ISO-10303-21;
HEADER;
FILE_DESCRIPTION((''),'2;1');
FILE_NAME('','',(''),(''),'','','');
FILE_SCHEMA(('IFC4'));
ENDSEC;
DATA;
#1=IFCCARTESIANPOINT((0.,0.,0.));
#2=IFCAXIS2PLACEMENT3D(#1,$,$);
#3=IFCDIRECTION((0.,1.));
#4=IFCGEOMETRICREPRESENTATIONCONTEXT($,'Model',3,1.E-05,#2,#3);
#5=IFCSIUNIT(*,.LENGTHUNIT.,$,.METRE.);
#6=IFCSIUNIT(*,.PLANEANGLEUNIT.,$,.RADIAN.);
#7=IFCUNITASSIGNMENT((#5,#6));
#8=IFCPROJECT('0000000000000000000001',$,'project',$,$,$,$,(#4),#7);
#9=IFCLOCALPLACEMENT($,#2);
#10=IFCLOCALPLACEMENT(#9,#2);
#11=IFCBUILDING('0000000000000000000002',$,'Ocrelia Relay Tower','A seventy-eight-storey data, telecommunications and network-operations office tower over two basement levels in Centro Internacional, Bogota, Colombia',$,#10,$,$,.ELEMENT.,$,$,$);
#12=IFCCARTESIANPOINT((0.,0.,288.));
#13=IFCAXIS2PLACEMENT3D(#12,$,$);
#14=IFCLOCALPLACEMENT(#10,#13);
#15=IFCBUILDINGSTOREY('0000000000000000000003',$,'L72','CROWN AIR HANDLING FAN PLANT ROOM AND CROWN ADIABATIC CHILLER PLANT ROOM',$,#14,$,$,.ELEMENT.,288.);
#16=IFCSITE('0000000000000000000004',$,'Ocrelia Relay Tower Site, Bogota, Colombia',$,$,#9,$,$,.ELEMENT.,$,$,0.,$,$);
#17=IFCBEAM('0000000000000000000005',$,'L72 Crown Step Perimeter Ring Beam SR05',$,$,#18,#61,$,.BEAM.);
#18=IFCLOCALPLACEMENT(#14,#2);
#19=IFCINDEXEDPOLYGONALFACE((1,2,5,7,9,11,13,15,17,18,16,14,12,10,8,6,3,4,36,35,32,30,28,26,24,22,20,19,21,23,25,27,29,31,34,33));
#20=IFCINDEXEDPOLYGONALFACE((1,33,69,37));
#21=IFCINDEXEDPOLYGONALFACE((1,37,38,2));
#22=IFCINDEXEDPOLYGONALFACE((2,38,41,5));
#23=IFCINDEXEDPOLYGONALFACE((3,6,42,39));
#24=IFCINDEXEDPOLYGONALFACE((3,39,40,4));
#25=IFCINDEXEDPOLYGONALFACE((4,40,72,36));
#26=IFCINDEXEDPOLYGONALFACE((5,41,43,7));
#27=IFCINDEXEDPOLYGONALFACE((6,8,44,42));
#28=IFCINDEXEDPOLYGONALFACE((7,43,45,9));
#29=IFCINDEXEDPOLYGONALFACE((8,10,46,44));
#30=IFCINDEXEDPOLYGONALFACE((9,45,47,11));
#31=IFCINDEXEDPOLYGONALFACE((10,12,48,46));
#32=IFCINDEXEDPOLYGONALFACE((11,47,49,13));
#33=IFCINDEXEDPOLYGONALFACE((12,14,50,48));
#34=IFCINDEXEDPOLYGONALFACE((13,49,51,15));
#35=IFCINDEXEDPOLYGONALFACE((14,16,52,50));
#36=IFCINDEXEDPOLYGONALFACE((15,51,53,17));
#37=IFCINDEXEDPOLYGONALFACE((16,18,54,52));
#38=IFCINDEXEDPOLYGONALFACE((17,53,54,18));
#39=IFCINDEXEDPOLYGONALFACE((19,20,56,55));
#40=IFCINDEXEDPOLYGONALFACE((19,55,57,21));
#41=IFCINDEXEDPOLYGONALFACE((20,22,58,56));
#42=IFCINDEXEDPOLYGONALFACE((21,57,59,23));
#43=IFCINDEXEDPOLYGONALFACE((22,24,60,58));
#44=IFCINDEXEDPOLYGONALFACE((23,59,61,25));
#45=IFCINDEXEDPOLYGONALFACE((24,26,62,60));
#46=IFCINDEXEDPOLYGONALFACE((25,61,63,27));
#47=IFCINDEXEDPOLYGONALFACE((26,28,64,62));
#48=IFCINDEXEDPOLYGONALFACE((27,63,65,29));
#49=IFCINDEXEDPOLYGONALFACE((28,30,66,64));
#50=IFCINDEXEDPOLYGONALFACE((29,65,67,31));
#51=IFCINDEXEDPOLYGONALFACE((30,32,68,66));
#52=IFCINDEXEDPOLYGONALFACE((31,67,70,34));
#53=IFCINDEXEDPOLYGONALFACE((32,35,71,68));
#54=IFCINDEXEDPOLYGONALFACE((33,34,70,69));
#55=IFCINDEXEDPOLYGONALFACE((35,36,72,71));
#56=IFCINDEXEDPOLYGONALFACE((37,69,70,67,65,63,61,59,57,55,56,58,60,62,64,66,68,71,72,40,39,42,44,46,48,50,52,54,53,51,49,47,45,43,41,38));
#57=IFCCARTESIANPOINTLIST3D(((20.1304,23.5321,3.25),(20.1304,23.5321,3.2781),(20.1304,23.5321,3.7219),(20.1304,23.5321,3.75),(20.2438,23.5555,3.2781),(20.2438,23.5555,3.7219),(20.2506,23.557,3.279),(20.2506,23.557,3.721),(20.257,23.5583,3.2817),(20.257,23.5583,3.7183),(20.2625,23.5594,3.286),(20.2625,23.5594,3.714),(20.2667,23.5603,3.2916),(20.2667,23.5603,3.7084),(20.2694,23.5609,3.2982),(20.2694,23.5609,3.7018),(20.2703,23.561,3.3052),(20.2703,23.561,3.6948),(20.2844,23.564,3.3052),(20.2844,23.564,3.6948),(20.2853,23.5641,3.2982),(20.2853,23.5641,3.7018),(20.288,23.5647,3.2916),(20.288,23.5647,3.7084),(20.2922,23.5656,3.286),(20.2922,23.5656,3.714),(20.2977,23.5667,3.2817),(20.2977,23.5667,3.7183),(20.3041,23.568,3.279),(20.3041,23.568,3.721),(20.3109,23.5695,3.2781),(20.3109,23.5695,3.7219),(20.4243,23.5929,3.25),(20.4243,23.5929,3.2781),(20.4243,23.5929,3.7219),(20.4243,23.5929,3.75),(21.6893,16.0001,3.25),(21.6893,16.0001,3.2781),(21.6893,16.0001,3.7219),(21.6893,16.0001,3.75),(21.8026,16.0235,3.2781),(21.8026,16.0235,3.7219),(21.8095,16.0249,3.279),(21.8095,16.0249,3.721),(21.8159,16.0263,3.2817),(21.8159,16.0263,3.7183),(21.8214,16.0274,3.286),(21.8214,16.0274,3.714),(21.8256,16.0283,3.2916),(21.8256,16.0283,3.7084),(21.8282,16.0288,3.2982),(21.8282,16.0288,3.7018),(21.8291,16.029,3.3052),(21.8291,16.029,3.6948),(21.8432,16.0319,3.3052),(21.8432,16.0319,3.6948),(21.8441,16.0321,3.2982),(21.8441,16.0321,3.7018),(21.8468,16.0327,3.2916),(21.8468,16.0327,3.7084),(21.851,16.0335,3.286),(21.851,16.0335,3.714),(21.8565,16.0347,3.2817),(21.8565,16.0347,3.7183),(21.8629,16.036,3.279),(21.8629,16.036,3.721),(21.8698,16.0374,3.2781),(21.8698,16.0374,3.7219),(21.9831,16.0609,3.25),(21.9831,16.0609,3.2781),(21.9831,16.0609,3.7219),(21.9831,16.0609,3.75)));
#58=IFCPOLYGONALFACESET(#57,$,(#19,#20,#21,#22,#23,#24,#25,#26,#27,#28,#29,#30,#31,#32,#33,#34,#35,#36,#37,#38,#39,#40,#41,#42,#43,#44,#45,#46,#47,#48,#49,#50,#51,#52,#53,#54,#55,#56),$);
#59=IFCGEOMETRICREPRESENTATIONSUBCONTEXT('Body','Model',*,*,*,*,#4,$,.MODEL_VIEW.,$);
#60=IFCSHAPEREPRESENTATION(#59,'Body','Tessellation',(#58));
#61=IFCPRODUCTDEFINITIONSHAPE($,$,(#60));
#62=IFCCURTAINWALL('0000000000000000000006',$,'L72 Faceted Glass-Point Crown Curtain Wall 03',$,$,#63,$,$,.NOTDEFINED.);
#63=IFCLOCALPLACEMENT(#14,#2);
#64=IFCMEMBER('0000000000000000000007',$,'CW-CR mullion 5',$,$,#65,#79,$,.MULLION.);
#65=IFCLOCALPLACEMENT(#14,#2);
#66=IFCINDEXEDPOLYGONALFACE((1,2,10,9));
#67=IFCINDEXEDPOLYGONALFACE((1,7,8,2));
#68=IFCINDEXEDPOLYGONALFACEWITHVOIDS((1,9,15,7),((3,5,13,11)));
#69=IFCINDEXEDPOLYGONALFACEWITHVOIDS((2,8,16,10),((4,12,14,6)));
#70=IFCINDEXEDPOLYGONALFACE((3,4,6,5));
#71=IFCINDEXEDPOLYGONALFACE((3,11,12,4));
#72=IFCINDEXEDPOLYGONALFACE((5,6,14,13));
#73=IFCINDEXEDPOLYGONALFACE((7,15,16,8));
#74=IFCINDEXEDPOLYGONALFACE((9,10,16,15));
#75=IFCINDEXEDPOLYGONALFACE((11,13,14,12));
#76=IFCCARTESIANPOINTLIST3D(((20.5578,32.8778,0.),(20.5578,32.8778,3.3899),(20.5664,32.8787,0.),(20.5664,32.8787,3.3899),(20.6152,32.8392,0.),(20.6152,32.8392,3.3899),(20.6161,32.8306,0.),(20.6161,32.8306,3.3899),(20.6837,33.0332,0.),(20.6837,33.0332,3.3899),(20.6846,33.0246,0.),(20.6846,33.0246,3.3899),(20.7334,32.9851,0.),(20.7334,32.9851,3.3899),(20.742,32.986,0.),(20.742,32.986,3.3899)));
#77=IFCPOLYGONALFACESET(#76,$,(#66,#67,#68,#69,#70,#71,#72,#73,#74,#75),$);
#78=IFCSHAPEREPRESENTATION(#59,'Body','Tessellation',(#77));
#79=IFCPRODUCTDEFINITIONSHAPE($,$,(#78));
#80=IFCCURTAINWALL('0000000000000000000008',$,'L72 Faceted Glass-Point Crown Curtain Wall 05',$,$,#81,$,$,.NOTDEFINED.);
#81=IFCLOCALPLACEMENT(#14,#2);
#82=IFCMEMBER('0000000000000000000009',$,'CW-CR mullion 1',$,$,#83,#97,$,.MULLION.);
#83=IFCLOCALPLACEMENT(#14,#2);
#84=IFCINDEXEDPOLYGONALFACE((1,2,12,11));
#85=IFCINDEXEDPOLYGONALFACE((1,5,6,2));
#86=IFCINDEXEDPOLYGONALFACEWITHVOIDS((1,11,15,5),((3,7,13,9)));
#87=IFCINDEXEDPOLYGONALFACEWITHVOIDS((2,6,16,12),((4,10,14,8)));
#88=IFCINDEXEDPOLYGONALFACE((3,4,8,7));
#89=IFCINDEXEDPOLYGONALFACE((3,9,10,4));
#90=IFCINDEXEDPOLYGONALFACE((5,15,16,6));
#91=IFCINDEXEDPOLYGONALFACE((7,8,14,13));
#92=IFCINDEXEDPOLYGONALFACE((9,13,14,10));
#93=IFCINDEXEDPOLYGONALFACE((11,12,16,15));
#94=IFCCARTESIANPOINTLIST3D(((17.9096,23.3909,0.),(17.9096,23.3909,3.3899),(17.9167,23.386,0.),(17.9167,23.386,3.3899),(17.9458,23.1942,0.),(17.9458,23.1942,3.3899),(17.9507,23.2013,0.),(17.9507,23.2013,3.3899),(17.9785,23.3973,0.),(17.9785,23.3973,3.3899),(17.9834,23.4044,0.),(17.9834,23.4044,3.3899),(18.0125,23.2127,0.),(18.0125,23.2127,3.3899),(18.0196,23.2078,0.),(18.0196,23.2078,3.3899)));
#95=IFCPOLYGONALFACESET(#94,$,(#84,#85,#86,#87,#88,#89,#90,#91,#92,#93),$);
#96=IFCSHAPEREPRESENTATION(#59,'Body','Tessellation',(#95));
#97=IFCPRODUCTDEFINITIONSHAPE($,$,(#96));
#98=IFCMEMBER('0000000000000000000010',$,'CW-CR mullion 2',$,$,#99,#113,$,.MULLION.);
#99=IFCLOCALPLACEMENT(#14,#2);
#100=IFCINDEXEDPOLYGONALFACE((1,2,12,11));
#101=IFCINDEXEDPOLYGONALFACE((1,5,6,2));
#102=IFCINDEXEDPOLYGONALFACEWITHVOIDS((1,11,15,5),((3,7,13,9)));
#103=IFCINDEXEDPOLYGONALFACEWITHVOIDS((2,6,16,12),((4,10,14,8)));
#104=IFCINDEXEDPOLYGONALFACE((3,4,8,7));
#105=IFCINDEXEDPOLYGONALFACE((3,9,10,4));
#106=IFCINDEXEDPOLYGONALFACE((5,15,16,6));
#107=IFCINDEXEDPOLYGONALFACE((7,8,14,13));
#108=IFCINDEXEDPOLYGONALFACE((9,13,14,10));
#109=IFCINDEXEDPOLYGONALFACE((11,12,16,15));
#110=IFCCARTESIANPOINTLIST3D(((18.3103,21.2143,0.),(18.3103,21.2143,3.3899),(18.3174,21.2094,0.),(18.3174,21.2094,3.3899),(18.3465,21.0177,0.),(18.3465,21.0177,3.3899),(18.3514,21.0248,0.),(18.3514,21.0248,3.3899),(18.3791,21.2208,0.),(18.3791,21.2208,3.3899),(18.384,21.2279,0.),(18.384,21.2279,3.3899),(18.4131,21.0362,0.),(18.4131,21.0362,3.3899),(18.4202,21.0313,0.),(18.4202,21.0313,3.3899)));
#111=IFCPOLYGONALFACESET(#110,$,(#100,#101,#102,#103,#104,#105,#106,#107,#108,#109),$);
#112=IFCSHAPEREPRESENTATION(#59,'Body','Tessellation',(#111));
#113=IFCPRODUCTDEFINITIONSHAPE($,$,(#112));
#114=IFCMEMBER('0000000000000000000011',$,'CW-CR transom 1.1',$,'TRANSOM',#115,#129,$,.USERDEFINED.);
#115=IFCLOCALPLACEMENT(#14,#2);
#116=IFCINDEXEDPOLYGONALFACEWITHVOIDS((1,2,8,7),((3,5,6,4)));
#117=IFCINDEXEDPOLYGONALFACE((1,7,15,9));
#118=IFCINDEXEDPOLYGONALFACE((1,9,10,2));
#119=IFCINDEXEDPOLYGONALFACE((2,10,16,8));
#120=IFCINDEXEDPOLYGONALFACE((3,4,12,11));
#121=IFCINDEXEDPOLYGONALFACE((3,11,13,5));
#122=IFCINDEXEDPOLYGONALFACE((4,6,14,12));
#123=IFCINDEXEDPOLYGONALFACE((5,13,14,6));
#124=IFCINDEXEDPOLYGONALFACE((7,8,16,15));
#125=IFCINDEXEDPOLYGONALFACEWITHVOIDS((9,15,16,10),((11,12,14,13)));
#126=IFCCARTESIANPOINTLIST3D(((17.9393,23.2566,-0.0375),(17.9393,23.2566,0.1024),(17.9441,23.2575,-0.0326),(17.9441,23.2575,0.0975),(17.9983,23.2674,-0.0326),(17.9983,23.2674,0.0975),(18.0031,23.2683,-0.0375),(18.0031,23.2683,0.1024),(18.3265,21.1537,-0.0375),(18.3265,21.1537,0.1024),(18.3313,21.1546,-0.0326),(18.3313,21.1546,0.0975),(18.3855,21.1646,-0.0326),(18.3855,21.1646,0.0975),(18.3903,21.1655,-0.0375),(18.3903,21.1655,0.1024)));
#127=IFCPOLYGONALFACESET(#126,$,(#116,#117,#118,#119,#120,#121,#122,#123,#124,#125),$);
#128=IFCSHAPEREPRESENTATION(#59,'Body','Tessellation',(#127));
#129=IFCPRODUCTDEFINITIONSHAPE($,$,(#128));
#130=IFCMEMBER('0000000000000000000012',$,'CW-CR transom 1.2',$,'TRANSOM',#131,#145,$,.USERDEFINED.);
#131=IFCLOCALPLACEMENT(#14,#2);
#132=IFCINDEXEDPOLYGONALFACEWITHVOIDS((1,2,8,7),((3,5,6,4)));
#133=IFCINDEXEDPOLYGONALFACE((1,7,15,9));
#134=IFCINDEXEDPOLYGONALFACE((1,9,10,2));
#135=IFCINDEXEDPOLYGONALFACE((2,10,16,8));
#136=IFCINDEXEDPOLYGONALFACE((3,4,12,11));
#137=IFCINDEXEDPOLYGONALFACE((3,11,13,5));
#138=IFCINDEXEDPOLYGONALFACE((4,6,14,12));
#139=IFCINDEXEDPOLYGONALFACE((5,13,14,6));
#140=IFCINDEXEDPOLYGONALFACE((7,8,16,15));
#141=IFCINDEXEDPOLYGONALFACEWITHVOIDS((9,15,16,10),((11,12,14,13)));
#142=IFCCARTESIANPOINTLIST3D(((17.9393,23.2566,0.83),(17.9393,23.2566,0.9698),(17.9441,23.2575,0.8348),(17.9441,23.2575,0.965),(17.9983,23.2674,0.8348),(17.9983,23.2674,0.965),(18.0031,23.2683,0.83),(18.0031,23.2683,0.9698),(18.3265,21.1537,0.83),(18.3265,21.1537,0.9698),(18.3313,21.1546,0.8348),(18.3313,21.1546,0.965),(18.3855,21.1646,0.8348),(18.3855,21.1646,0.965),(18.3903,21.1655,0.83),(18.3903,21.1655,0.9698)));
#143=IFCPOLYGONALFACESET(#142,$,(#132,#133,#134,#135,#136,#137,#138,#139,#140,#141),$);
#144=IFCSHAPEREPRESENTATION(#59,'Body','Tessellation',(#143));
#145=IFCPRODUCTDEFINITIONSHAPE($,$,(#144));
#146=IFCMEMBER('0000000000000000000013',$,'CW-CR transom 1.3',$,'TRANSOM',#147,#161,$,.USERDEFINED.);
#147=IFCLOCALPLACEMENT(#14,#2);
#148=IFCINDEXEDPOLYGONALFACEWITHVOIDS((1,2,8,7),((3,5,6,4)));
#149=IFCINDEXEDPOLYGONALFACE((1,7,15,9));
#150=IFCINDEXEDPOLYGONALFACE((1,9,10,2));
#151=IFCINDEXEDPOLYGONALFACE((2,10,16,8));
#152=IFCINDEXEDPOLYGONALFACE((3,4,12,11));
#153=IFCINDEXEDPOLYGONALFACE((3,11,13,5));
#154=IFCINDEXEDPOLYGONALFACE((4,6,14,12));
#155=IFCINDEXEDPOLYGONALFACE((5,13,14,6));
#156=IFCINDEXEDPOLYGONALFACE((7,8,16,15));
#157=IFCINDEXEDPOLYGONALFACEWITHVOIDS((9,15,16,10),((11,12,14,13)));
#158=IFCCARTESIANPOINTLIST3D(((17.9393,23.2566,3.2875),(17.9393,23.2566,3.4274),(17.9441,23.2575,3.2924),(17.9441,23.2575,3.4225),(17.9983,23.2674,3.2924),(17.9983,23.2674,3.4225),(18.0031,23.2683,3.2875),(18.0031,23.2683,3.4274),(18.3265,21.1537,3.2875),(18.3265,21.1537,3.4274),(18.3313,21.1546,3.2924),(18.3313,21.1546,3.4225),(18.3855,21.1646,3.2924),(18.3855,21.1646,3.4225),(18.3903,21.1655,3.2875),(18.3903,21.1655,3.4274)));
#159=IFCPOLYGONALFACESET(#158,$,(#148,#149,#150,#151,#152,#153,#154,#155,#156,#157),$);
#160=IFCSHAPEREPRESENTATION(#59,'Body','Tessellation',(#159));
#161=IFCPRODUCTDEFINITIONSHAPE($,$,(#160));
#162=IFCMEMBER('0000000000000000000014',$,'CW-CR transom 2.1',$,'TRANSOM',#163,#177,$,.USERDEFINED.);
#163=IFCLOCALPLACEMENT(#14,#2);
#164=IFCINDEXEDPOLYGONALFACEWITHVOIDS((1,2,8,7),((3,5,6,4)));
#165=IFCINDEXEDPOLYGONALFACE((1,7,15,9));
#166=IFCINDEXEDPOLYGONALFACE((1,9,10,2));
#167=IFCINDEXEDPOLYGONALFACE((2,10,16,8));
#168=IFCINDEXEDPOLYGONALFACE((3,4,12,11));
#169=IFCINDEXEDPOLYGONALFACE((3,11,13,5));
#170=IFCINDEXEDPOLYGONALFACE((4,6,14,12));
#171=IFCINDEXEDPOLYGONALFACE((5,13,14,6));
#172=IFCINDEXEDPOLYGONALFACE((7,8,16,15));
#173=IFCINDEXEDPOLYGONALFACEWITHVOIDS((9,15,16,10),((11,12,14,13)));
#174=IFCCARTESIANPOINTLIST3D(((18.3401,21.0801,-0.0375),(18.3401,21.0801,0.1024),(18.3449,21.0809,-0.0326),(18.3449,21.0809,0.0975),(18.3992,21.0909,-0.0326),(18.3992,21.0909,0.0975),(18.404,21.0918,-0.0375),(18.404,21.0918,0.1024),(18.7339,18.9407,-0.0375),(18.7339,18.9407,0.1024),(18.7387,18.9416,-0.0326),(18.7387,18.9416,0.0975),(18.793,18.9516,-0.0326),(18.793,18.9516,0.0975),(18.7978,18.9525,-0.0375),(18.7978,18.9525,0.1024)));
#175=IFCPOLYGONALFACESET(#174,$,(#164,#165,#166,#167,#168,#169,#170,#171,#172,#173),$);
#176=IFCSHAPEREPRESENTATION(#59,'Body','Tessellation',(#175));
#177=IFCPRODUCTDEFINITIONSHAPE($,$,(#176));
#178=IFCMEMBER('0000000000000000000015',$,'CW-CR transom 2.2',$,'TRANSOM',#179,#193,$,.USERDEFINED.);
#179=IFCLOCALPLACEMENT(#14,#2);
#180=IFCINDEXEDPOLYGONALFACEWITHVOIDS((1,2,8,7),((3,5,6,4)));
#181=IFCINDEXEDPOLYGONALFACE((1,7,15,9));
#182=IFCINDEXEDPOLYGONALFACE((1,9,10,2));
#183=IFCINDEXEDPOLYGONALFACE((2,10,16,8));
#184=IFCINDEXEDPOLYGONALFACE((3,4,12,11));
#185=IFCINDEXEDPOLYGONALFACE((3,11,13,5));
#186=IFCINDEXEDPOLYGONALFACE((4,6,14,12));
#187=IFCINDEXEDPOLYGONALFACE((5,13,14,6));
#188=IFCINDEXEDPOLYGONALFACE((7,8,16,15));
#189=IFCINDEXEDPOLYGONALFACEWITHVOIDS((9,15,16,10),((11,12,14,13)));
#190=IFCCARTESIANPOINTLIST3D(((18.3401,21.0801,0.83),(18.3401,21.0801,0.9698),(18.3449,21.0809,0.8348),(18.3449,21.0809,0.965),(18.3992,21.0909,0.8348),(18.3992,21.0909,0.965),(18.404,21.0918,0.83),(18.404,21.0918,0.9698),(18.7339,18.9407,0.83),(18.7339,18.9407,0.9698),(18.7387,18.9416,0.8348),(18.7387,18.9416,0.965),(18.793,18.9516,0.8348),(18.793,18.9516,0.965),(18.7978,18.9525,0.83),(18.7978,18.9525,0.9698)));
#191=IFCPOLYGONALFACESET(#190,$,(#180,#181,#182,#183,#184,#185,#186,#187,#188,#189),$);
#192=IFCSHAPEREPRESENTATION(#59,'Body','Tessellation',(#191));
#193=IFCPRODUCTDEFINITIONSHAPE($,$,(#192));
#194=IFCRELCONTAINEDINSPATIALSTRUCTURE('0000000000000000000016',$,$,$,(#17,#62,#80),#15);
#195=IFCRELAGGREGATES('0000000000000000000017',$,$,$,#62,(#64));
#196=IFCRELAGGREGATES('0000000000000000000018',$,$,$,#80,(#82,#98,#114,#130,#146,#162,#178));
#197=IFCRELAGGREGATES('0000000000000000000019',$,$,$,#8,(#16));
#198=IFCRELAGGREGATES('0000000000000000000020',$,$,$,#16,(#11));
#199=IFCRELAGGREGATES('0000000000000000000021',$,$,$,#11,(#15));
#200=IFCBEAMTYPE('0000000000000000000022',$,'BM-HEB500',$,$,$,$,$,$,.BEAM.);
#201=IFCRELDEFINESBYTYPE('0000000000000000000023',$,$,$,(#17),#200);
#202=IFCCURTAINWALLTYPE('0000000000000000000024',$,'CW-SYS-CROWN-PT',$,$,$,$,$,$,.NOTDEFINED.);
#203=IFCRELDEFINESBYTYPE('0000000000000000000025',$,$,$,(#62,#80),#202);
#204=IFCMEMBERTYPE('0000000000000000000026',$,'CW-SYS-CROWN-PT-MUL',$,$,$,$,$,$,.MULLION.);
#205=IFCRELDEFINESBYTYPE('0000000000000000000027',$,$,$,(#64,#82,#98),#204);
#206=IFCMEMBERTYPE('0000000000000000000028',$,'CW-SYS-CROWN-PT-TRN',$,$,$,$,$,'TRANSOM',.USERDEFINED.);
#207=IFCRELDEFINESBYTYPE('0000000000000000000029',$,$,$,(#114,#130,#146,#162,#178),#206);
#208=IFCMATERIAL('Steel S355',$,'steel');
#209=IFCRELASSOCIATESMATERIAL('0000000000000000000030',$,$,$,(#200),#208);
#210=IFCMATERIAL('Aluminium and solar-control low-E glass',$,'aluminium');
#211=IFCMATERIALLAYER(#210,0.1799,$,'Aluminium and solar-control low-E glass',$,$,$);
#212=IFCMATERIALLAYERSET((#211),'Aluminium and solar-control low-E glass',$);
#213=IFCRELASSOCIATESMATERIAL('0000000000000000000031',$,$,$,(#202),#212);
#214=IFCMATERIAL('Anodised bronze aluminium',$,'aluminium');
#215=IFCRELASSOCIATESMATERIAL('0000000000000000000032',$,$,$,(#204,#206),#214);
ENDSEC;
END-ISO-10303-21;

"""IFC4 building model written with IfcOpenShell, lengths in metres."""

from ifc_helpers import new_model, si_unit, direction, frame, origin, origin_2d, place, context, subcontext, project, spatial, hollow_rectangle, i_section, extrude, material, layer, layer_set, material_profile, profile_set, type_object, element, aggregate, save


model = new_model("IFC4")

# Units and contexts
model_context = context("Model", 3, precision=1e-05, world=origin(), true_north=direction((0.0, 1.0)))
body_context = subcontext(model_context, "Body", "Model", "MODEL_VIEW")
ifc_project = project(units=[si_unit("LENGTHUNIT", "METRE"), si_unit("PLANEANGLEUNIT", "RADIAN")], contexts=[model_context])

# Site, building, storey
site_placement = place(None, origin())
site = spatial("IfcSite", under=ifc_project, at=site_placement, Name="Ocrelia Relay Tower Site, Bogota, Colombia", CompositionType="ELEMENT", RefElevation=0.0)
building_placement = place(site_placement, origin())
building = spatial("IfcBuilding", under=site, at=building_placement, Name="Ocrelia Relay Tower", Description="A seventy-eight-storey data, telecommunications and network-operations office tower over two basement levels in Centro Internacional, Bogota, Colombia", CompositionType="ELEMENT")
storey_placement = place(building_placement, frame((0.0, 0.0, 288.0)))
storey = spatial("IfcBuildingStorey", under=building, at=storey_placement, Name="L72", Description="CROWN AIR HANDLING FAN PLANT ROOM AND CROWN ADIABATIC CHILLER PLANT ROOM", CompositionType="ELEMENT", Elevation=288.0)

# Beam
ifc_material_1 = material(Name="Steel S355", Category="steel")
ifc_material_profile_1 = material_profile(ifc_material_1, i_section(OverallWidth=0.3, OverallDepth=0.5, WebThickness=0.0144, FlangeThickness=0.0281, FilletRadius=0.0271, at=origin_2d()), Name="HEB 500")
ifc_profile_set_1 = profile_set([ifc_material_profile_1], Name="Steel S355")
beam_type_1 = type_object("IfcBeamType", Name="BM-HEB500", PredefinedType="BEAM", material=ifc_profile_set_1)
beam_1_placement = place(storey_placement, frame((20.2773, 23.5625, 3.5), z_axis=(0.202668, -0.979248, 0.0), x_axis=(0.979248, 0.202668, 0.0)))
element("IfcBeam", 1, at=beam_1_placement, inside=storey, type_object=beam_type_1, Name="L72 Crown Step Perimeter Ring Beam SR05", PredefinedType="BEAM", context=body_context, shape_type="SweptSolid", body=[
    extrude(i_section(OverallWidth=0.3, OverallDepth=0.5, WebThickness=0.0144, FlangeThickness=0.0281, FilletRadius=0.0271, at=origin_2d()), origin(), (0.0, 0.0, 1.0), 7.6917),
])

# Curtain wall, member
ifc_material_2 = material(Name="Aluminium and solar-control low-E glass", Category="aluminium")
ifc_layer_1 = layer(ifc_material_2, 0.1799, Name="Aluminium and solar-control low-E glass")
ifc_layer_set_1 = layer_set([ifc_layer_1], Name="Aluminium and solar-control low-E glass")
curtain_wall_type = type_object("IfcCurtainWallType", Name="CW-SYS-CROWN-PT", PredefinedType="NOTDEFINED", material=ifc_layer_set_1)
curtain_wall_1_placement = place(storey_placement, origin())
curtain_wall_1 = element("IfcCurtainWall", 2, at=curtain_wall_1_placement, inside=storey, type_object=curtain_wall_type, Name="L72 Faceted Glass-Point Crown Curtain Wall 03", PredefinedType="NOTDEFINED")
ifc_material_3 = material(Name="Anodised bronze aluminium", Category="aluminium")
ifc_material_profile_2 = material_profile(ifc_material_3, hollow_rectangle(XDim=0.075, YDim=0.2, WallThickness=0.0061, at=origin_2d()), Name="CW-MUL-200x75")
ifc_profile_set_2 = profile_set([ifc_material_profile_2], Name="Anodised bronze aluminium")
member_type_1 = type_object("IfcMemberType", Name="CW-SYS-CROWN-PT-MUL", PredefinedType="MULLION", material=ifc_profile_set_2)
member_1_placement = place(storey_placement, frame((20.6499, 32.9319, 0.0), z_axis=(0.0, 0.0, 1.0), x_axis=(0.776998, -0.629503, 0.0)))
member_1 = element("IfcMember", 3, at=member_1_placement, type_object=member_type_1, Name="CW-CR mullion 5", PredefinedType="MULLION", context=body_context, shape_type="SweptSolid", body=[
    extrude(hollow_rectangle(XDim=0.075, YDim=0.2, WallThickness=0.0061, at=origin_2d()), origin(), (0.0, 0.0, 1.0), 3.3899),
])
aggregate(curtain_wall_1, [member_1])

# Curtain wall, members
curtain_wall_2_placement = place(storey_placement, origin())
curtain_wall_2 = element("IfcCurtainWall", 4, at=curtain_wall_2_placement, inside=storey, type_object=curtain_wall_type, Name="L72 Faceted Glass-Point Crown Curtain Wall 05", PredefinedType="NOTDEFINED")
member_2_placement = place(storey_placement, frame((17.9646, 23.2993, 0.0), z_axis=(0.0, 0.0, 1.0), x_axis=(0.983471, 0.181068, 0.0)))
member_2 = element("IfcMember", 5, at=member_2_placement, type_object=member_type_1, Name="CW-CR mullion 1", PredefinedType="MULLION", context=body_context, shape_type="SweptSolid", body=[
    extrude(hollow_rectangle(XDim=0.075, YDim=0.2, WallThickness=0.0061, at=origin_2d()), origin(), (0.0, 0.0, 1.0), 3.3899),
])
member_3_placement = place(storey_placement, frame((18.3652, 21.1228, 0.0), z_axis=(0.0, 0.0, 1.0), x_axis=(0.983471, 0.181068, 0.0)))
member_3 = element("IfcMember", 6, at=member_3_placement, type_object=member_type_1, Name="CW-CR mullion 2", PredefinedType="MULLION", context=body_context, shape_type="SweptSolid", body=[
    extrude(hollow_rectangle(XDim=0.075, YDim=0.2, WallThickness=0.0061, at=origin_2d()), origin(), (0.0, 0.0, 1.0), 3.3899),
])
ifc_material_profile_3 = material_profile(ifc_material_3, hollow_rectangle(XDim=0.0649, YDim=0.1399, WallThickness=0.0049, at=origin_2d()), Name="CW-TRN-140x65")
ifc_profile_set_3 = profile_set([ifc_material_profile_3], Name="Anodised bronze aluminium")
member_type_2 = type_object("IfcMemberType", Name="CW-SYS-CROWN-PT-TRN", ElementType="TRANSOM", PredefinedType="USERDEFINED", material=ifc_profile_set_3)
member_4_placement = place(storey_placement, frame((17.9712, 23.2625, 0.0325), z_axis=(0.181096, -0.983465, 0.0), x_axis=(0.983465, 0.181096, 0.0)))
member_4 = element("IfcMember", 7, at=member_4_placement, type_object=member_type_2, Name="CW-CR transom 1.1", ObjectType="TRANSOM", PredefinedType="USERDEFINED", context=body_context, shape_type="SweptSolid", body=[
    extrude(hollow_rectangle(XDim=0.0649, YDim=0.1399, WallThickness=0.0049, at=origin_2d()), origin(), (0.0, 0.0, 1.0), 2.1382),
])
member_5_placement = place(storey_placement, frame((17.9712, 23.2625, 0.8999), z_axis=(0.181096, -0.983465, 0.0), x_axis=(0.983465, 0.181096, 0.0)))
member_5 = element("IfcMember", 8, at=member_5_placement, type_object=member_type_2, Name="CW-CR transom 1.2", ObjectType="TRANSOM", PredefinedType="USERDEFINED", context=body_context, shape_type="SweptSolid", body=[
    extrude(hollow_rectangle(XDim=0.0649, YDim=0.1399, WallThickness=0.0049, at=origin_2d()), origin(), (0.0, 0.0, 1.0), 2.1382),
])
member_6_placement = place(storey_placement, frame((17.9712, 23.2625, 3.3574), z_axis=(0.181096, -0.983465, 0.0), x_axis=(0.983465, 0.181096, 0.0)))
member_6 = element("IfcMember", 9, at=member_6_placement, type_object=member_type_2, Name="CW-CR transom 1.3", ObjectType="TRANSOM", PredefinedType="USERDEFINED", context=body_context, shape_type="SweptSolid", body=[
    extrude(hollow_rectangle(XDim=0.0649, YDim=0.1399, WallThickness=0.0049, at=origin_2d()), origin(), (0.0, 0.0, 1.0), 2.1382),
])
member_7_placement = place(storey_placement, frame((18.3721, 21.0859, 0.0325), z_axis=(0.181028, -0.983478, 0.0), x_axis=(0.983478, 0.181028, 0.0)))
member_7 = element("IfcMember", 10, at=member_7_placement, type_object=member_type_2, Name="CW-CR transom 2.1", ObjectType="TRANSOM", PredefinedType="USERDEFINED", context=body_context, shape_type="SweptSolid", body=[
    extrude(hollow_rectangle(XDim=0.0649, YDim=0.1399, WallThickness=0.0049, at=origin_2d()), origin(), (0.0, 0.0, 1.0), 2.1753),
])
member_8_placement = place(storey_placement, frame((18.3721, 21.0859, 0.8999), z_axis=(0.181028, -0.983478, 0.0), x_axis=(0.983478, 0.181028, 0.0)))
member_8 = element("IfcMember", 11, at=member_8_placement, type_object=member_type_2, Name="CW-CR transom 2.2", ObjectType="TRANSOM", PredefinedType="USERDEFINED", context=body_context, shape_type="SweptSolid", body=[
    extrude(hollow_rectangle(XDim=0.0649, YDim=0.1399, WallThickness=0.0049, at=origin_2d()), origin(), (0.0, 0.0, 1.0), 2.1753),
])

aggregate(curtain_wall_2, [member_2, member_3, member_4, member_5, member_6, member_7, member_8])

save(model, "model.ifc")
